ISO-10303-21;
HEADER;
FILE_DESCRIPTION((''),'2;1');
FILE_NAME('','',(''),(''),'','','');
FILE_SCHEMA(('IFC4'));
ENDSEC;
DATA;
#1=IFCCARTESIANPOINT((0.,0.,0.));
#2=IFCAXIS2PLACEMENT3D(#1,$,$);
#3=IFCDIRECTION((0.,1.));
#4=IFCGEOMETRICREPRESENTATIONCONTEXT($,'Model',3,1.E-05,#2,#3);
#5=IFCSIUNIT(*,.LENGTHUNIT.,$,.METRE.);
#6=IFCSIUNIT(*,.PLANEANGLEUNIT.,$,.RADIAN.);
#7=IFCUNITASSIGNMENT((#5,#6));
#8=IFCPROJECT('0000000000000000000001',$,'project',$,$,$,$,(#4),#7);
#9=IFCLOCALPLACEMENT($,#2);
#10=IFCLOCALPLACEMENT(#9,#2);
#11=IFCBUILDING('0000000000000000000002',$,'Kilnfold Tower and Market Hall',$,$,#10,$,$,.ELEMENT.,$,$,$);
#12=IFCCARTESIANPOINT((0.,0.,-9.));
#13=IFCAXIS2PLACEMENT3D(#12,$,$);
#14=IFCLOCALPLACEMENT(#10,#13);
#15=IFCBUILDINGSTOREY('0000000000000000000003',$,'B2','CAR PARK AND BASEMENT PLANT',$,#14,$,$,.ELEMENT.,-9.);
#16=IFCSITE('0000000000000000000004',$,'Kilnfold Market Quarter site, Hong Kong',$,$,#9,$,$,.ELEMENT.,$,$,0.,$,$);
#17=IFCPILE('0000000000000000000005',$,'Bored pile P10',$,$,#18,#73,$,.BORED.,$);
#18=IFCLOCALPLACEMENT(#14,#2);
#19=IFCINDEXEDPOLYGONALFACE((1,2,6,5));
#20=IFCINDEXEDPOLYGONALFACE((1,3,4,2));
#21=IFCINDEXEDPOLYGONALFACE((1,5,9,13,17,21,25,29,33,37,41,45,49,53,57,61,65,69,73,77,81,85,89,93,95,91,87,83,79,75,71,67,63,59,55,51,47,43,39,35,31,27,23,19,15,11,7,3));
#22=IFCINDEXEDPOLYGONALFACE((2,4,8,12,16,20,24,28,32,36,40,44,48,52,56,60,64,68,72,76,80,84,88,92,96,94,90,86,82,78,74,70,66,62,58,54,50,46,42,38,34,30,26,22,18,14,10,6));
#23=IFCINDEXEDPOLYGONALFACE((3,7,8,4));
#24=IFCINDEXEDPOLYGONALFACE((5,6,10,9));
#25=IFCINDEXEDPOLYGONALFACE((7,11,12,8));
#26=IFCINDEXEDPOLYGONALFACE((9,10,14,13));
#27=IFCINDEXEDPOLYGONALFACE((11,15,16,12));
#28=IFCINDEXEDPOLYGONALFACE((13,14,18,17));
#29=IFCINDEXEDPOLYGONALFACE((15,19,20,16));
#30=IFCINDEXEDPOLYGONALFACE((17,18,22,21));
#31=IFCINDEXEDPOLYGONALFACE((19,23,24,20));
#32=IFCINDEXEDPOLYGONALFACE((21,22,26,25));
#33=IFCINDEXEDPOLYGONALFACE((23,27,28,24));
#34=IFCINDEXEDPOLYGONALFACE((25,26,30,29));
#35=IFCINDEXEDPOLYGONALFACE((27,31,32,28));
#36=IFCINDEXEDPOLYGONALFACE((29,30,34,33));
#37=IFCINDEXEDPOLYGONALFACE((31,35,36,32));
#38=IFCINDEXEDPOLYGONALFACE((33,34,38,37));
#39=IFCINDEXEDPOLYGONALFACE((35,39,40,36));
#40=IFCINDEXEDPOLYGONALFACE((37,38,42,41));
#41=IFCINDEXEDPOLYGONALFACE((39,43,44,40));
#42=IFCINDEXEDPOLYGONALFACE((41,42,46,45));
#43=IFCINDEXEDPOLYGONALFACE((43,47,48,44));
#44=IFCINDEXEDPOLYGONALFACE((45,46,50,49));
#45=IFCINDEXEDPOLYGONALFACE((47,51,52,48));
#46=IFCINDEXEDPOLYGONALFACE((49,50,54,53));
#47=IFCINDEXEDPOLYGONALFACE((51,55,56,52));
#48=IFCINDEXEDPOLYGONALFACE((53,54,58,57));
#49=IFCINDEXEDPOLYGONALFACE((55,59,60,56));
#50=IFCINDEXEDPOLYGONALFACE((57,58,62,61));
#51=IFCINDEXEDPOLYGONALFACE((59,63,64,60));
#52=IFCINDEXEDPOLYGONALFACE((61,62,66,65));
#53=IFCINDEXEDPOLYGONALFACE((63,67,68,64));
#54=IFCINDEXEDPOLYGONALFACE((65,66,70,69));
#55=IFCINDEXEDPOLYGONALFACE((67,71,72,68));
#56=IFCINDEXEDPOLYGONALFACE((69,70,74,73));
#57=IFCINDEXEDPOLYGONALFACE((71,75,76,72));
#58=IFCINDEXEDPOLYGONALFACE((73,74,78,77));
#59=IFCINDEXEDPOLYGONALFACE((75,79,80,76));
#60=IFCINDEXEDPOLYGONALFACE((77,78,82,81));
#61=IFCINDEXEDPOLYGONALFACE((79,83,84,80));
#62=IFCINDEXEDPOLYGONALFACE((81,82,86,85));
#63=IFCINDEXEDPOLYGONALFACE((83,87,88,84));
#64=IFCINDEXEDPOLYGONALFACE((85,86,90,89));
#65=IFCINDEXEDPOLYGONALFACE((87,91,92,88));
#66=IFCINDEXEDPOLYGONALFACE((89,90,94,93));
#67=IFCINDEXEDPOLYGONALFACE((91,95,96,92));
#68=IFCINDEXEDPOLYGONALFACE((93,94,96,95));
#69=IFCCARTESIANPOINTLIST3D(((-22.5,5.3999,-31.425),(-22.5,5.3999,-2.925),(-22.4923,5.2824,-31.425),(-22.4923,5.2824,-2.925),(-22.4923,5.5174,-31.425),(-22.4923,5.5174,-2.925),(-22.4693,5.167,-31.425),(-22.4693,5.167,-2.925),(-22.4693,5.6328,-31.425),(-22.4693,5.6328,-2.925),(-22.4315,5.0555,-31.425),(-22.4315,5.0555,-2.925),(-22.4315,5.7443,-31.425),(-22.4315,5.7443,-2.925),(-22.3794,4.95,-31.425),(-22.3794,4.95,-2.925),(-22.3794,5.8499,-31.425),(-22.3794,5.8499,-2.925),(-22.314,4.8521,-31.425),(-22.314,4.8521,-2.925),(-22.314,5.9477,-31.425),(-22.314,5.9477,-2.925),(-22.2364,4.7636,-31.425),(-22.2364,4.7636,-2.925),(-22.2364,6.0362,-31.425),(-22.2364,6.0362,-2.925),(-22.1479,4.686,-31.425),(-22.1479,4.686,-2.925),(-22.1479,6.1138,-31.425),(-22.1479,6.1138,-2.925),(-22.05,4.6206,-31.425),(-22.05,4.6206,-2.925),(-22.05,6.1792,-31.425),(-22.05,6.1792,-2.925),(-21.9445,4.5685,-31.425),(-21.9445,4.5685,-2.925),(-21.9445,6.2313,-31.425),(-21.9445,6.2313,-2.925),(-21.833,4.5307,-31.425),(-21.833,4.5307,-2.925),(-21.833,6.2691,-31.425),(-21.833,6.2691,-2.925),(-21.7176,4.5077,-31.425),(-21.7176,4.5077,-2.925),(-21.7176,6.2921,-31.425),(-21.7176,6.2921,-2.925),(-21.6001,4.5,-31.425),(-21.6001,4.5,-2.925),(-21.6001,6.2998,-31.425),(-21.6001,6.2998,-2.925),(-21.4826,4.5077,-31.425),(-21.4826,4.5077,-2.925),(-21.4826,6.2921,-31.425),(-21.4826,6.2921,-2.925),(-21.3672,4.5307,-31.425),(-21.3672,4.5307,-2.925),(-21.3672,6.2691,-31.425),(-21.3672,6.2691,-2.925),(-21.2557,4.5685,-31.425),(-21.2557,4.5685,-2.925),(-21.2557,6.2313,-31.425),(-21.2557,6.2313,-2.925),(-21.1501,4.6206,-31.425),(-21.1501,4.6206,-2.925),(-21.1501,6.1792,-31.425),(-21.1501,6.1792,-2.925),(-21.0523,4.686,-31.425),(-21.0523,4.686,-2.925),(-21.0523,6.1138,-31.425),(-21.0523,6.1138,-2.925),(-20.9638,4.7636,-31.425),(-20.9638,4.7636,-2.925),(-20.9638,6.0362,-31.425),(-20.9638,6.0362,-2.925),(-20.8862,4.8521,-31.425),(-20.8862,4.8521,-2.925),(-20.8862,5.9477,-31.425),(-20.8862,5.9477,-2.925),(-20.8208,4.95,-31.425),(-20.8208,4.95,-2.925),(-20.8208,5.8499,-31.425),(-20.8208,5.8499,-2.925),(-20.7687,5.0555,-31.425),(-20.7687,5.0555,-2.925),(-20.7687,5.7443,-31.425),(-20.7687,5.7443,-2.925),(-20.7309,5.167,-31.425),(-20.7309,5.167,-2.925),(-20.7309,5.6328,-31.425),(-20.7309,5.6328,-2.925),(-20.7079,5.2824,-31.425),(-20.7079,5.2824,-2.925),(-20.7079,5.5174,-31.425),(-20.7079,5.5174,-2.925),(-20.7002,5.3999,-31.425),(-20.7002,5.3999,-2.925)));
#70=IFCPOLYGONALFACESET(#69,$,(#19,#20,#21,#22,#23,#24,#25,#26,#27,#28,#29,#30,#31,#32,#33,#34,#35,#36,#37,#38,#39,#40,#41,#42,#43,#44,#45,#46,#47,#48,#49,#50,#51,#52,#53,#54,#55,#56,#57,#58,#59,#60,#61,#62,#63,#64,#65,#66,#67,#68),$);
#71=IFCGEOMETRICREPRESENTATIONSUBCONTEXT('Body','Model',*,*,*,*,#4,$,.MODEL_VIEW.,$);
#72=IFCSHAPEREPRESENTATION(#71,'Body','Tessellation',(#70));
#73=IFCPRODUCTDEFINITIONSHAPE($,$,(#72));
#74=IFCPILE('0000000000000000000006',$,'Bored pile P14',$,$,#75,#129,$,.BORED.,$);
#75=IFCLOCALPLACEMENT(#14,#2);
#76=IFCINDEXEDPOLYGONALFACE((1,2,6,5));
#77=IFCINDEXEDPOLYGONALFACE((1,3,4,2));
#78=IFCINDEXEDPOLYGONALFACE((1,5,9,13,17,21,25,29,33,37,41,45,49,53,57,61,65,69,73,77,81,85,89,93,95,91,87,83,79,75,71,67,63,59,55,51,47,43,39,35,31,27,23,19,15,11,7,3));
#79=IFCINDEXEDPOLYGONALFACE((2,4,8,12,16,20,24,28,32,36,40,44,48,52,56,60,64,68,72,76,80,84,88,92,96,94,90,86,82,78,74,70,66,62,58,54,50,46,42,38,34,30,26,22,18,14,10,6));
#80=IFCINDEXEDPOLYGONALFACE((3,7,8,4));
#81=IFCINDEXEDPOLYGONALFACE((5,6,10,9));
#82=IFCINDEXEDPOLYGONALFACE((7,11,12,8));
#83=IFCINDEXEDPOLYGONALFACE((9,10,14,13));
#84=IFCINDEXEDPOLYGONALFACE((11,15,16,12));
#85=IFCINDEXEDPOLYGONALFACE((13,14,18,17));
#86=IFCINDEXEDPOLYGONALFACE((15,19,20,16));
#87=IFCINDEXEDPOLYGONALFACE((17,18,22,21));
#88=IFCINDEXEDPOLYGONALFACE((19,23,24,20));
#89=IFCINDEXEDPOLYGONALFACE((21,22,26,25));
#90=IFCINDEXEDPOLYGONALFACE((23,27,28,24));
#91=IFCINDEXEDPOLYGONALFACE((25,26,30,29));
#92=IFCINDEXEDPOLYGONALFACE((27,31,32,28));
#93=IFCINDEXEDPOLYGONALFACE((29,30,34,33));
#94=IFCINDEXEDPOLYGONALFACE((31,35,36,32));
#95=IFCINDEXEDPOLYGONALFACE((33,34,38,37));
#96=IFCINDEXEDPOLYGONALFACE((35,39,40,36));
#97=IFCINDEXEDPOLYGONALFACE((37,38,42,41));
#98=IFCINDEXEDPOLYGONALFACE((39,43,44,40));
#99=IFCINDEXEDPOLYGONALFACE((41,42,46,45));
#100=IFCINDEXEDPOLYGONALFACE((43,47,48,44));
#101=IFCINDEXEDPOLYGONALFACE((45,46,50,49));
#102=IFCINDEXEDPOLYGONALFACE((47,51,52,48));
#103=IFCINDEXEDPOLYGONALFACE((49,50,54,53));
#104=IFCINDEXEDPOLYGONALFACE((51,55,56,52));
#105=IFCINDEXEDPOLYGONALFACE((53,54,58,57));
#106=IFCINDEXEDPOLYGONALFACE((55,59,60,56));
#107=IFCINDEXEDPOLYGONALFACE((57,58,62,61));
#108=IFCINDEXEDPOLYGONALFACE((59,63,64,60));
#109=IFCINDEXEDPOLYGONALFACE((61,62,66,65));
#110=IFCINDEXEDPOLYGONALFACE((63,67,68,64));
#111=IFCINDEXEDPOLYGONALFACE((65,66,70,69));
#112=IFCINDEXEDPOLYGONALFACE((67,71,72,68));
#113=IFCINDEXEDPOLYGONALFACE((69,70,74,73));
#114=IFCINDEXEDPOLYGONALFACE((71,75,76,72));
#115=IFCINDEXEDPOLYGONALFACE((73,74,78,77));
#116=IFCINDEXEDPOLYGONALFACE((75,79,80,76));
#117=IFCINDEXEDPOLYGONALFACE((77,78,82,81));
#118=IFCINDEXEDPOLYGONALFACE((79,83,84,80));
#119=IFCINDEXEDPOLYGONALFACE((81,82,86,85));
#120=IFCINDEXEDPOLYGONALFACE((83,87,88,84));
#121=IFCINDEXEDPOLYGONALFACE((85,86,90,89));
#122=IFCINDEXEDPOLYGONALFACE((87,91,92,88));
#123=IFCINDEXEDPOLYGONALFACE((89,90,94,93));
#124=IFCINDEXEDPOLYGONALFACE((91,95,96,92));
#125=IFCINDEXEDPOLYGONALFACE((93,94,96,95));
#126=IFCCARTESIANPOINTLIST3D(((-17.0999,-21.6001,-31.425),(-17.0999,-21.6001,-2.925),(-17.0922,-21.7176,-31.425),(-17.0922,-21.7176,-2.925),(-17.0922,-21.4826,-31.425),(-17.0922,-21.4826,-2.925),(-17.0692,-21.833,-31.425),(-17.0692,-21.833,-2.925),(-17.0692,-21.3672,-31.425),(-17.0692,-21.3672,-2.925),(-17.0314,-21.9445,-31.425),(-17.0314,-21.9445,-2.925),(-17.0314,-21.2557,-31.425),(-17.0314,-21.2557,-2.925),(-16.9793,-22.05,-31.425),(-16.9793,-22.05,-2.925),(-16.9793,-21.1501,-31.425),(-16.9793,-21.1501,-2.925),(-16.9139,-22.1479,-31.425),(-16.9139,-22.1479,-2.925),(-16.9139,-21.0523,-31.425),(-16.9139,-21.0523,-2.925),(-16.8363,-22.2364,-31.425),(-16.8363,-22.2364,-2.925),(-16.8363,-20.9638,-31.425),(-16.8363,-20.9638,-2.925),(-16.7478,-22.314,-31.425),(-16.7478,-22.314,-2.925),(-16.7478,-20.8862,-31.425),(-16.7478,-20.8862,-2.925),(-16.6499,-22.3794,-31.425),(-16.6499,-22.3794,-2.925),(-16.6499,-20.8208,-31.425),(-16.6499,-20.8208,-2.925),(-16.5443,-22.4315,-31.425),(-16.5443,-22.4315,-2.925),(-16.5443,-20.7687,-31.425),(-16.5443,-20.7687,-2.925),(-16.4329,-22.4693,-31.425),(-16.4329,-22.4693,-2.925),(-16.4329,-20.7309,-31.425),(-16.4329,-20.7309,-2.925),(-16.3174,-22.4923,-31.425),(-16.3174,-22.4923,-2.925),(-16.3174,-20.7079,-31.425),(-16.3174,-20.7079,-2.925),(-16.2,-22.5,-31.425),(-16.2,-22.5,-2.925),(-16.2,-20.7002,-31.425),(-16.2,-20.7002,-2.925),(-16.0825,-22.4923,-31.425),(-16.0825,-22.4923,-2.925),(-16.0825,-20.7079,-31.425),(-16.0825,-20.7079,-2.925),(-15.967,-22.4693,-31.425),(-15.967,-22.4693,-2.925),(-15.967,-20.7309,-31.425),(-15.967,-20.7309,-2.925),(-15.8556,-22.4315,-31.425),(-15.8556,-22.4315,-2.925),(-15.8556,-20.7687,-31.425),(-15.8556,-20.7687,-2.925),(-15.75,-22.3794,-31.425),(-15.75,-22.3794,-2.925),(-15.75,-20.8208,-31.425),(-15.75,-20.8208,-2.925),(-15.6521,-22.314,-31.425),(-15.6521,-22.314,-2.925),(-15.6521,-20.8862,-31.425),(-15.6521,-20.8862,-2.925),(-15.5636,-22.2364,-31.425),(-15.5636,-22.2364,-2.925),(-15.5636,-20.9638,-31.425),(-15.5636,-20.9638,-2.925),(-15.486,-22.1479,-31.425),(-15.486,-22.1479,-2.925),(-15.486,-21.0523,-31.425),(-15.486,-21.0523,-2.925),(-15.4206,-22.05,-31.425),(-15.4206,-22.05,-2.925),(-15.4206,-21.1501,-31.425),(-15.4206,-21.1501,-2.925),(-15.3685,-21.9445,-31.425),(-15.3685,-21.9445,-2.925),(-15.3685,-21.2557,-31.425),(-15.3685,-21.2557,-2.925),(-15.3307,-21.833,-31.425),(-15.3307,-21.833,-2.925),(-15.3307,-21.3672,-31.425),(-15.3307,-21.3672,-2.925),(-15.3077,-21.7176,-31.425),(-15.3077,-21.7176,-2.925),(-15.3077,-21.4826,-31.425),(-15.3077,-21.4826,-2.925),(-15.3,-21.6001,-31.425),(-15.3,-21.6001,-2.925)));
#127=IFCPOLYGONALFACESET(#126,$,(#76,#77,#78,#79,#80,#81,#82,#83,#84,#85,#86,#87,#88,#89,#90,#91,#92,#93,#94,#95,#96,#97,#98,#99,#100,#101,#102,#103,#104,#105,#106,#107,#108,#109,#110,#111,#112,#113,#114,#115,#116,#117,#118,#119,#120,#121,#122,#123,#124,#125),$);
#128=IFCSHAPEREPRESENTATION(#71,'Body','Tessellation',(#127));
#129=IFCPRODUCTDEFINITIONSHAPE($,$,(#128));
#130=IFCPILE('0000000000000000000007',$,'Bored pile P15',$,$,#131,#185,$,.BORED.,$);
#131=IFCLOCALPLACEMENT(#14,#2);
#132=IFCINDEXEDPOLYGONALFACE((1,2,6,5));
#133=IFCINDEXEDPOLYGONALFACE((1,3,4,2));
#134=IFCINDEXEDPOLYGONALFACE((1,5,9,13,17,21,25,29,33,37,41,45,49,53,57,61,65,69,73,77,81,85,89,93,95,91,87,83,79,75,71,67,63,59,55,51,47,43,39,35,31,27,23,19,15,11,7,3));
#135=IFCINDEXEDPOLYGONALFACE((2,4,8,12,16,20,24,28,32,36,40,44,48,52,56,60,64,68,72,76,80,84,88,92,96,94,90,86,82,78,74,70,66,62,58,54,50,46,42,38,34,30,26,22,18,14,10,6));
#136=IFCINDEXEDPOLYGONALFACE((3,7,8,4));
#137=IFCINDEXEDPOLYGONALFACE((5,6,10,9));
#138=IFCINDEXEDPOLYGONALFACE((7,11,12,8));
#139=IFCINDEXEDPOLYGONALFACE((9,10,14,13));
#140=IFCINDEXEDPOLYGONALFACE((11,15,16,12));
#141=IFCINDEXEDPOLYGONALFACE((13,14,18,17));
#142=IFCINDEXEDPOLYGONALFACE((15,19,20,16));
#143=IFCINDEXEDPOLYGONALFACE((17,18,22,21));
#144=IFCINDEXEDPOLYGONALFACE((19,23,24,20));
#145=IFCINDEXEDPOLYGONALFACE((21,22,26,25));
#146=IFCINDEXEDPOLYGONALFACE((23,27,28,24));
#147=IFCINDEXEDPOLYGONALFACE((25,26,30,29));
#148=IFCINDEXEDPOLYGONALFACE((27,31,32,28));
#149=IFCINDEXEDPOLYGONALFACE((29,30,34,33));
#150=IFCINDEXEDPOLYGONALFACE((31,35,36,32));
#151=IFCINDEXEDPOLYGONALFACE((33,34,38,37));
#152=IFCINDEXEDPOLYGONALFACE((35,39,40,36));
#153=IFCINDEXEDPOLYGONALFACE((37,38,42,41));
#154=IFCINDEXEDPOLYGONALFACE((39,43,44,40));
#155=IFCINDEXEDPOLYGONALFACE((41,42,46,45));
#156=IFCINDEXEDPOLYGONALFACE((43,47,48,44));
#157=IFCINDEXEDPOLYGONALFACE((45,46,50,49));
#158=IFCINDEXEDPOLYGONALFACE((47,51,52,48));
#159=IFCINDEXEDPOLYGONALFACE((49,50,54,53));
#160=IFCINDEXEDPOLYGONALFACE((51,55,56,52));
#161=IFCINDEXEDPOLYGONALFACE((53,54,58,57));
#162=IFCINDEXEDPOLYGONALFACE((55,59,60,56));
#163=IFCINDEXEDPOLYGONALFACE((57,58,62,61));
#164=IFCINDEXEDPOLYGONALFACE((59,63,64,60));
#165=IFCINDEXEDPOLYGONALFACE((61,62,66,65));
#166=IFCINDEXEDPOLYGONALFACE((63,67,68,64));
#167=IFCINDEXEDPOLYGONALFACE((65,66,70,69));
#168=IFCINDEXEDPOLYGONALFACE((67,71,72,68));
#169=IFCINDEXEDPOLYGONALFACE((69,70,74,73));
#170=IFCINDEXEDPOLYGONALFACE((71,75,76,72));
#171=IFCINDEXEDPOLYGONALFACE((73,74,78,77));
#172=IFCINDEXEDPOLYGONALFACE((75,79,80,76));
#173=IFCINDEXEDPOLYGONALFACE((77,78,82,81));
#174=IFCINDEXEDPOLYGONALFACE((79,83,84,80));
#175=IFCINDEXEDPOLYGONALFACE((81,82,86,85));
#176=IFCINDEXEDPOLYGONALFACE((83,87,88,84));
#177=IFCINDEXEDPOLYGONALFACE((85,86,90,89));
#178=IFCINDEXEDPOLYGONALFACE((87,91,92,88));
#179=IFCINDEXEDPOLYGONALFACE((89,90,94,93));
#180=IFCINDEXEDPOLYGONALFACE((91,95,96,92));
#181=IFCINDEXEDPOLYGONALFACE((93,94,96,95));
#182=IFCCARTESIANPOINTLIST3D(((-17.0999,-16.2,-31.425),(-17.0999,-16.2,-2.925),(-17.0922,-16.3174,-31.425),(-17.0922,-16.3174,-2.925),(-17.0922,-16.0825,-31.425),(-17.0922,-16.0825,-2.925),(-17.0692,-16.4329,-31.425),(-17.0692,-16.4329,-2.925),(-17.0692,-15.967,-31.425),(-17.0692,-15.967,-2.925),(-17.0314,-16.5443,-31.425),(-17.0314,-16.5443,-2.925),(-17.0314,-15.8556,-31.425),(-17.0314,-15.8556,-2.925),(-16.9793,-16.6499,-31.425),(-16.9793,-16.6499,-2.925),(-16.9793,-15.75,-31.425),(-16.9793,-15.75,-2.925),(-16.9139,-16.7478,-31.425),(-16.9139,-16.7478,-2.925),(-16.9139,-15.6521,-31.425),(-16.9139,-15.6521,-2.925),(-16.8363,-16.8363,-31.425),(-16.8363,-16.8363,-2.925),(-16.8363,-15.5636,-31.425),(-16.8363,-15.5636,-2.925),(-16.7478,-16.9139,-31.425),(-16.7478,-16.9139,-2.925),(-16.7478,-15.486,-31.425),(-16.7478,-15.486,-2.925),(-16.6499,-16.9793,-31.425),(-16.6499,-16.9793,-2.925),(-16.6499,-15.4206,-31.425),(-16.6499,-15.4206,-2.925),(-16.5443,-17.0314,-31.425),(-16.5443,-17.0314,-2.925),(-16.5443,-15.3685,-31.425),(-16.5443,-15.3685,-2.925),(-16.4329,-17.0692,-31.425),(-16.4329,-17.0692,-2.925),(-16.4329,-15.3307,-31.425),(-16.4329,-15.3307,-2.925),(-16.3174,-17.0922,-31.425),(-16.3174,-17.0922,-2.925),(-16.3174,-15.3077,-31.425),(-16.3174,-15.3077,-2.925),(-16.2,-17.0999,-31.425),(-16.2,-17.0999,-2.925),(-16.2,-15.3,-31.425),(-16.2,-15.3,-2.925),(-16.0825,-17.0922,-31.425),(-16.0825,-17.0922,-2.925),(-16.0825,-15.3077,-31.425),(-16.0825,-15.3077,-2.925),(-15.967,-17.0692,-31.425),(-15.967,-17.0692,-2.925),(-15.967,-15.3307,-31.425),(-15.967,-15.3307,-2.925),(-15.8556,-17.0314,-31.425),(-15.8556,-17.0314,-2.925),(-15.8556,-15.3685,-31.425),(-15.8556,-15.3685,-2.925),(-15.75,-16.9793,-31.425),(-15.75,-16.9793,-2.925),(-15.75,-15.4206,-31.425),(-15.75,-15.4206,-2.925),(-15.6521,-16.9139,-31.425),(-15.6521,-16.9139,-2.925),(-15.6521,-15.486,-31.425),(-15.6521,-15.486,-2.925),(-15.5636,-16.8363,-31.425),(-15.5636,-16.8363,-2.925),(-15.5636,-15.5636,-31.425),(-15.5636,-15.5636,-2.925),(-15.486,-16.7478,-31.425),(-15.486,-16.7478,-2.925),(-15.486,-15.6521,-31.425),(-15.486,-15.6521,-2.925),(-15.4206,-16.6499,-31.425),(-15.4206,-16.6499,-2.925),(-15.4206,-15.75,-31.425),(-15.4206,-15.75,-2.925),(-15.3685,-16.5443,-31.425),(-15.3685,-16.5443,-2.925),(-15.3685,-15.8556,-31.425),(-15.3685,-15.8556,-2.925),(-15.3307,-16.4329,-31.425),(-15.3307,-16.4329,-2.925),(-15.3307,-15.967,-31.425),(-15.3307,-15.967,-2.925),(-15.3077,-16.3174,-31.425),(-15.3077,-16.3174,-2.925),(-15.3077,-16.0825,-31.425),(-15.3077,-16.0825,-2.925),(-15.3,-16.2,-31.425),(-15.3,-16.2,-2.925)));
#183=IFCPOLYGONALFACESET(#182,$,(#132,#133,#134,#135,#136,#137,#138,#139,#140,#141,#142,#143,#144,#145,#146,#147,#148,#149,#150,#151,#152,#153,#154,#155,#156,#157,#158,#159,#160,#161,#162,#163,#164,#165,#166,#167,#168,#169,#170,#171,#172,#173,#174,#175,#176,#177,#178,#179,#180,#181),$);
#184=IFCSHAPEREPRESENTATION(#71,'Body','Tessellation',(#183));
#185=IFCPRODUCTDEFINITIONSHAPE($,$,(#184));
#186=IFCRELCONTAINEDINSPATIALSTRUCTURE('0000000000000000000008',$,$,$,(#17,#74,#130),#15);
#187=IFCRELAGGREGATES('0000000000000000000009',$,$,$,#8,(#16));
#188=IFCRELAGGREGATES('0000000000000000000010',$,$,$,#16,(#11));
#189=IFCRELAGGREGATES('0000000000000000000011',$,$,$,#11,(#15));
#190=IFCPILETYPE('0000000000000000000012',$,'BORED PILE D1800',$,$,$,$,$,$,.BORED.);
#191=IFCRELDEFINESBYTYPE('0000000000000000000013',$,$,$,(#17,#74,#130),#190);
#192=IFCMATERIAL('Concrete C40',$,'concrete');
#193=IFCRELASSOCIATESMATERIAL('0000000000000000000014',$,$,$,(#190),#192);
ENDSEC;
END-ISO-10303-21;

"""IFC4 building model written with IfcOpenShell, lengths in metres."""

from ifc_helpers import new_model, si_unit, direction, frame, origin, origin_2d, place, context, subcontext, project, spatial, circle, extrude, source, transform, mapped, material, material_profile, profile_set, type_object, element, save


model = new_model("IFC4")

# Units and contexts
model_context = context("Model", 3, precision=1e-05, world=origin(), true_north=direction((0.0, 1.0)))
body_context = subcontext(model_context, "Body", "Model", "MODEL_VIEW")
ifc_project = project(units=[si_unit("LENGTHUNIT", "METRE"), si_unit("PLANEANGLEUNIT", "RADIAN")], contexts=[model_context])

# Site, building, storey
site_placement = place(None, origin())
site = spatial("IfcSite", under=ifc_project, at=site_placement, Name="Kilnfold Market Quarter site, Hong Kong", CompositionType="ELEMENT", RefElevation=0.0)
building_placement = place(site_placement, origin())
building = spatial("IfcBuilding", under=site, at=building_placement, Name="Kilnfold Tower and Market Hall", CompositionType="ELEMENT")
storey_placement = place(building_placement, frame((0.0, 0.0, -9.0)))
storey = spatial("IfcBuildingStorey", under=building, at=storey_placement, Name="B2", Description="CAR PARK AND BASEMENT PLANT", CompositionType="ELEMENT", Elevation=-9.0)

# Piles
ifc_material_1 = material(Name="Concrete C40", Category="concrete")
ifc_material_profile_1 = material_profile(ifc_material_1, circle(Radius=0.8999, at=origin_2d()), Name="RC D1800")
ifc_profile_set_1 = profile_set([ifc_material_profile_1], Name="Concrete C40")
pile_type = type_object("IfcPileType", Name="BORED PILE D1800", PredefinedType="BORED", material=ifc_profile_set_1)
shared_shape_1 = source(origin(), body_context, "Body", "SweptSolid", [
    extrude(circle(Radius=0.8999, at=origin_2d()), origin(), (0.0, 0.0, 1.0), 28.5),
])
for number, where, z_axis, x_axis, name in (
    (1, (-21.6001, 5.3999, -2.925), (0.0, 0.0, -1.0), (1.0, 0.0, 0.0), "Bored pile P10"),
    (2, (-16.2, -21.6001, -2.925), (0.0, 0.0, -1.0), (1.0, 0.0, 0.0), "Bored pile P14"),
    (3, (-16.2, -16.2, -2.925), (0.0, 0.0, -1.0), (1.0, 0.0, 0.0), "Bored pile P15"),
):
    element("IfcPile", number, at=place(storey_placement, frame(where, z_axis=z_axis, x_axis=x_axis)), inside=storey, type_object=pile_type, Name=name, PredefinedType="BORED", context=body_context, shape_type="MappedRepresentation", body=[
        mapped(shared_shape_1, transform((0.0, 0.0, 0.0))),
    ])

save(model, "model.ifc")
